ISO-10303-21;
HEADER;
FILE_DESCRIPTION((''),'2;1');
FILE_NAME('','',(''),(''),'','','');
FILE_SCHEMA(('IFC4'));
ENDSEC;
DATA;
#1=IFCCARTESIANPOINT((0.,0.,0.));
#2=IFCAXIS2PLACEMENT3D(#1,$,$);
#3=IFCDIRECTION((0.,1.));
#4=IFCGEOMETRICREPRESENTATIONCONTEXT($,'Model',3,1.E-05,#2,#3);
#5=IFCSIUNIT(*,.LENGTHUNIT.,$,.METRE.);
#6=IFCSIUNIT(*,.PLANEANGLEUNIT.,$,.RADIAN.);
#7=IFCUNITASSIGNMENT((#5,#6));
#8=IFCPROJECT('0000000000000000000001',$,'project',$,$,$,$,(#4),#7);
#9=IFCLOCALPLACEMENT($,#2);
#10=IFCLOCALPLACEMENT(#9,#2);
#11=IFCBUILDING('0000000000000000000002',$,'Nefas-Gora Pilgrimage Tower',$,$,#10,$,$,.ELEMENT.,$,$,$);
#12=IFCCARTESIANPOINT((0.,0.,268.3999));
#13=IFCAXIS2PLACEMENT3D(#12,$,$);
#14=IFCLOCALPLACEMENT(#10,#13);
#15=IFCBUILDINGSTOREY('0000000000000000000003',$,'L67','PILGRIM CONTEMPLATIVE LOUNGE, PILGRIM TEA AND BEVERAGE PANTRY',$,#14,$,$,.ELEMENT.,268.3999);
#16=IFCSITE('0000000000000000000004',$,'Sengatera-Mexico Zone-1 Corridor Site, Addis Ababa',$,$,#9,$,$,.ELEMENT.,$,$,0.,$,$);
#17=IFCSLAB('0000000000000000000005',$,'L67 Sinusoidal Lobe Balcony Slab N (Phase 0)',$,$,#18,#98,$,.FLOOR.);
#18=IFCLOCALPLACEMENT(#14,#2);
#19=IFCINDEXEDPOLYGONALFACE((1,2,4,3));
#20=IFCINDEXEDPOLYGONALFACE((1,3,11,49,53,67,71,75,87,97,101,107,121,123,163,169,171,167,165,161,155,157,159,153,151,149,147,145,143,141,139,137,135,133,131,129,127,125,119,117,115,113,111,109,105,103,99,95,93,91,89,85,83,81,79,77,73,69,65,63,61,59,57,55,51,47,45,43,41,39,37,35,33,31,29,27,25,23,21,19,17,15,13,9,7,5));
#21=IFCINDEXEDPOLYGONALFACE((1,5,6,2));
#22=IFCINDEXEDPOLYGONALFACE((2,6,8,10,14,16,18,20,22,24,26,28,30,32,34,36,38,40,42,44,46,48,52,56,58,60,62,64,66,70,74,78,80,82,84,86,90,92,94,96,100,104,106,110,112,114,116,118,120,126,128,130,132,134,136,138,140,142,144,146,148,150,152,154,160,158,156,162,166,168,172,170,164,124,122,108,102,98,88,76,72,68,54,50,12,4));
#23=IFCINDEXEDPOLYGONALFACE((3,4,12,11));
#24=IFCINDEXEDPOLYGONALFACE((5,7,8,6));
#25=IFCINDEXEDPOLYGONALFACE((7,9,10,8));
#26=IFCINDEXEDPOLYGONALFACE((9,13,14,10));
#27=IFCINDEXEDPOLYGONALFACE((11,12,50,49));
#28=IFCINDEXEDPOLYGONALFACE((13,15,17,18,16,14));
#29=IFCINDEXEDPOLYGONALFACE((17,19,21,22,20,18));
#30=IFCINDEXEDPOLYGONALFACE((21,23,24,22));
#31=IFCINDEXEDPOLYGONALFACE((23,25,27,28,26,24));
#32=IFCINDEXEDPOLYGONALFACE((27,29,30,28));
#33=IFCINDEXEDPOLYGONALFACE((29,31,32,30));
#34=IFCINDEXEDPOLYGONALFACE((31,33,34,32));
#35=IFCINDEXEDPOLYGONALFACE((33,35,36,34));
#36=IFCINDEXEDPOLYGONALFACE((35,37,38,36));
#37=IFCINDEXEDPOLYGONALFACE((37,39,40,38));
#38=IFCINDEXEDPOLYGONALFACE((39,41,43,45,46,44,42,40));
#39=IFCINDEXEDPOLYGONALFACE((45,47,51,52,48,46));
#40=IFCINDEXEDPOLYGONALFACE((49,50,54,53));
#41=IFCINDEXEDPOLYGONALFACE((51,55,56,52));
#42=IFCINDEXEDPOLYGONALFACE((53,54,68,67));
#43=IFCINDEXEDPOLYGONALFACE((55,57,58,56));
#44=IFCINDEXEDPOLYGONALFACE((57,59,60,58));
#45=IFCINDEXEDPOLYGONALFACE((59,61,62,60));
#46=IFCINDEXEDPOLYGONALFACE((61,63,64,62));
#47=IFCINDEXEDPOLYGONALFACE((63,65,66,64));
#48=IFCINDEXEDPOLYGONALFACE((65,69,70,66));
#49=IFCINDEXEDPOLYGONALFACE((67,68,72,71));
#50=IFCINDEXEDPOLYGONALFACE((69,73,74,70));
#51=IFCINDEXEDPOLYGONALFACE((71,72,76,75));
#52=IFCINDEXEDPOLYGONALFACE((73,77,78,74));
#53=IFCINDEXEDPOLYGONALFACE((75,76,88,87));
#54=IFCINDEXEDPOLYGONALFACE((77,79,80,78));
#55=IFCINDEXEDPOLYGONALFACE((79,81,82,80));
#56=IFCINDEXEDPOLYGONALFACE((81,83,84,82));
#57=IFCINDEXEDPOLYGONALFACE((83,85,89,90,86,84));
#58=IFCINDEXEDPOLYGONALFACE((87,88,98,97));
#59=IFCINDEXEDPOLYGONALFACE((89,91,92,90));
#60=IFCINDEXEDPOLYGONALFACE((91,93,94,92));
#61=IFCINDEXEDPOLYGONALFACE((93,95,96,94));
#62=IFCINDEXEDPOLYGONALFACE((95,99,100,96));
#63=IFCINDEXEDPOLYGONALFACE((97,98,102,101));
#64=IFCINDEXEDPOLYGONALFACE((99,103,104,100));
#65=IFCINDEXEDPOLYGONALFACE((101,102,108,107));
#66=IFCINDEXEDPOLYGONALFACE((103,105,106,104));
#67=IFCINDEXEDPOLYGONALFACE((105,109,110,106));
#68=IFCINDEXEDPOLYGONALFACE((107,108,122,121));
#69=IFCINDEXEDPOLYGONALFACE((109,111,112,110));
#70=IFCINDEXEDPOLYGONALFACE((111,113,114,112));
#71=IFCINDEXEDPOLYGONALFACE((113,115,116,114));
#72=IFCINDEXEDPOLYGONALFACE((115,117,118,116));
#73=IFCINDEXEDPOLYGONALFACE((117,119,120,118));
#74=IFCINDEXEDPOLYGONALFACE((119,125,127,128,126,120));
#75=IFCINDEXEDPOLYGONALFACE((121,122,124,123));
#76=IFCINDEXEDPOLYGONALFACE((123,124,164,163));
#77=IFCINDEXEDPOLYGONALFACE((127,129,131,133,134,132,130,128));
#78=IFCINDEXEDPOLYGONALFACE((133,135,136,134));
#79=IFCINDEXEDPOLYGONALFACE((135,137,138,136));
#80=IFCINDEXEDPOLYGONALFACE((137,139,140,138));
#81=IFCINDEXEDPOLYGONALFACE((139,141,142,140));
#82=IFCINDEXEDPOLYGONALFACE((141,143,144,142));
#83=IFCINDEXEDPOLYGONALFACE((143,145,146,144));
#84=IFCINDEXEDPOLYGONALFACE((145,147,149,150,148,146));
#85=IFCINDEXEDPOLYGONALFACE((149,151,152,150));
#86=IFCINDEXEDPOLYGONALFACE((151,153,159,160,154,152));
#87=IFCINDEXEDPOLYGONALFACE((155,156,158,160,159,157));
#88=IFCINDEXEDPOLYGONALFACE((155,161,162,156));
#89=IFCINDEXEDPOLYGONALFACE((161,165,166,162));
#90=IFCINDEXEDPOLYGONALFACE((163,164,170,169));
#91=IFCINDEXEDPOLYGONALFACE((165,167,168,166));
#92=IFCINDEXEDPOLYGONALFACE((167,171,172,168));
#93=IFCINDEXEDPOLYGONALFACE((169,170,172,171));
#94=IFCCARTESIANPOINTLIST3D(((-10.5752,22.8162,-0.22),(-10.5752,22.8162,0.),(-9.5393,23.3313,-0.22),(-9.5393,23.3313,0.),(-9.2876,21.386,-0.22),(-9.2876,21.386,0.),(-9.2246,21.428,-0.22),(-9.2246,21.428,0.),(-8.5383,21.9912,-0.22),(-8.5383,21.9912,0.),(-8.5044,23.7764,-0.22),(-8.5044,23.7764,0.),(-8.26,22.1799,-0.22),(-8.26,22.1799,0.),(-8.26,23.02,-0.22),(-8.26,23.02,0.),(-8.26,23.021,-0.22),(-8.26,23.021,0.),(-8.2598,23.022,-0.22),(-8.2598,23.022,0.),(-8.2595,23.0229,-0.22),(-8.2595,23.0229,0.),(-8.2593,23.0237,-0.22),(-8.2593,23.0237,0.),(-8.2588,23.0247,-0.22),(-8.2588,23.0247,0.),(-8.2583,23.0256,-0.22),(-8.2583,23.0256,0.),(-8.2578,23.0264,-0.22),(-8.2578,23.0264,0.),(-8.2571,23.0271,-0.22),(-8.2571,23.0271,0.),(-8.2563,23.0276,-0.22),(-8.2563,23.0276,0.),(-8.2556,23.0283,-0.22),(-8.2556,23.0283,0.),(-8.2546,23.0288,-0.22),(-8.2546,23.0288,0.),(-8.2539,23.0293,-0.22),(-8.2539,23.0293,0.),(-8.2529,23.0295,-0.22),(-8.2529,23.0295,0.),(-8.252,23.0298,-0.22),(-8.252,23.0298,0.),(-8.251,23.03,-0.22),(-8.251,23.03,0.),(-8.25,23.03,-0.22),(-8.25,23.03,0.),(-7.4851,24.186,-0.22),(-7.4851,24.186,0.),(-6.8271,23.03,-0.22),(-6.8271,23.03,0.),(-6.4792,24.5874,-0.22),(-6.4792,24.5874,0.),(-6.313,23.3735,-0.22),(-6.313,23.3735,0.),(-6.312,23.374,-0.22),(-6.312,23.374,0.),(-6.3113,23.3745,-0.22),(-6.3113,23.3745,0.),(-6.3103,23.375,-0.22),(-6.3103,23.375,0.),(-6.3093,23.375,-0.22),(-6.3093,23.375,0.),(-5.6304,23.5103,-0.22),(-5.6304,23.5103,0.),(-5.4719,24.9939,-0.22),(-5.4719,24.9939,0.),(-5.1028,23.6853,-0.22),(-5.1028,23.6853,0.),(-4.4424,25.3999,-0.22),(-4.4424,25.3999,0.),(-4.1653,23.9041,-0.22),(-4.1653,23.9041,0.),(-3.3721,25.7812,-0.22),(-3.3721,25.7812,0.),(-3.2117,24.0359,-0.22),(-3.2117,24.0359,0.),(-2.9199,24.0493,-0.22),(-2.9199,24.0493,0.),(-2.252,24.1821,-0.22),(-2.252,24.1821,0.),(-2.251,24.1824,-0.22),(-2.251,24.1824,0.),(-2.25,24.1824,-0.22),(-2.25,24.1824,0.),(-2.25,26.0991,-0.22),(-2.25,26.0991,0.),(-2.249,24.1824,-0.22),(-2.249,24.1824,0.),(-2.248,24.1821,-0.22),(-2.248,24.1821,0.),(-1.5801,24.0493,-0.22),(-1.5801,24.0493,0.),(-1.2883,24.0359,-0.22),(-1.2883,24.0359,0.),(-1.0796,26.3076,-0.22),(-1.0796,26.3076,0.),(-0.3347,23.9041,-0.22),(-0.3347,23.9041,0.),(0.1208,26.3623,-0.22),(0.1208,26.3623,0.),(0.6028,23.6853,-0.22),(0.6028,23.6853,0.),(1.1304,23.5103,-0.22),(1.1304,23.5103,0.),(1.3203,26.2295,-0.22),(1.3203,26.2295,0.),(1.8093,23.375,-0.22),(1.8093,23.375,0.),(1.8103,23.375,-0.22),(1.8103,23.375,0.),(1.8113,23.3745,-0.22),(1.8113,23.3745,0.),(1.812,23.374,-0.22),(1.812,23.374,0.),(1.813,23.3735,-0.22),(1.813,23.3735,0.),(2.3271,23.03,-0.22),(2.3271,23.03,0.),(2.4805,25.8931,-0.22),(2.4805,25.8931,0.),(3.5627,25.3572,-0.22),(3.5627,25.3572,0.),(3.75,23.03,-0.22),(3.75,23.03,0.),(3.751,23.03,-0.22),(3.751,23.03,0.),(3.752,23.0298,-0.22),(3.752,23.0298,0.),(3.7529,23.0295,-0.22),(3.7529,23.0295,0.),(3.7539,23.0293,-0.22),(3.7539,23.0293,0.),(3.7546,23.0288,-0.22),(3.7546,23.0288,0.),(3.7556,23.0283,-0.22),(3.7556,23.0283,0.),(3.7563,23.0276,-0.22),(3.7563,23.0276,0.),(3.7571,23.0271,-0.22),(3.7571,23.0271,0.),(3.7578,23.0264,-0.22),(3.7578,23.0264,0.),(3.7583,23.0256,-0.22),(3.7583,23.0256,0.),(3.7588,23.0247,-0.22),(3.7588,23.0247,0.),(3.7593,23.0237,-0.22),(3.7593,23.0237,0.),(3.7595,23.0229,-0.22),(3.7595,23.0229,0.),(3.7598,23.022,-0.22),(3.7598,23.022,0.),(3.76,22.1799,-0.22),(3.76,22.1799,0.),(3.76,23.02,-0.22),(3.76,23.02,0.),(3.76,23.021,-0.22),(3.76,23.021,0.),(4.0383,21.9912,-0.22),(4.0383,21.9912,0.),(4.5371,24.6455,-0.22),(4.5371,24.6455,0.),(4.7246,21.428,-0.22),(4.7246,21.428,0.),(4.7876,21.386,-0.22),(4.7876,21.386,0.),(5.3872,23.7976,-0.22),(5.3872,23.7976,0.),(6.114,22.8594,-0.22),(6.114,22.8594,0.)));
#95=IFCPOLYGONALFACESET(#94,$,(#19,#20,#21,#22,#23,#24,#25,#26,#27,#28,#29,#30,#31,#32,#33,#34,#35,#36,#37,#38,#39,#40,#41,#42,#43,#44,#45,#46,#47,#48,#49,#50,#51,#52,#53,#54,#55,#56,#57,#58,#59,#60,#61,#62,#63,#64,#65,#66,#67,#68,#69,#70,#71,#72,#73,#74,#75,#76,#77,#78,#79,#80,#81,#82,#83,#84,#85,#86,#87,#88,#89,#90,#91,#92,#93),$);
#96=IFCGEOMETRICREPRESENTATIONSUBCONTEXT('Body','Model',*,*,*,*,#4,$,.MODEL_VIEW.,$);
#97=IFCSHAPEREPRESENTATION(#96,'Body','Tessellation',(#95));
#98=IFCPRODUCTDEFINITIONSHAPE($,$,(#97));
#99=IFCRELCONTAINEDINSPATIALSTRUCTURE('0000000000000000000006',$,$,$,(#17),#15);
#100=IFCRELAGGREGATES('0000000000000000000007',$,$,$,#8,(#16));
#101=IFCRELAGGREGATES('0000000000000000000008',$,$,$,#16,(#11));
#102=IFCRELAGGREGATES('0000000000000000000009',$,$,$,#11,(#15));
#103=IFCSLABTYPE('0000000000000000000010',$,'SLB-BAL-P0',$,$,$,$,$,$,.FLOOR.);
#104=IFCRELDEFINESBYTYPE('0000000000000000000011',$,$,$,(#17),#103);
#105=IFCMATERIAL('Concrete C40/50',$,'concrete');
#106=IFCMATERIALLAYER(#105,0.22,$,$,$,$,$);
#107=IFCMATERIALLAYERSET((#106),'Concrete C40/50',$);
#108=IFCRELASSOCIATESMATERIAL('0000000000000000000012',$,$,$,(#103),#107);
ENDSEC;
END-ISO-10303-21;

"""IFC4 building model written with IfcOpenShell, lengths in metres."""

from ifc_helpers import new_model, si_unit, direction, frame, origin, place, context, subcontext, project, spatial, polyline, outline, extrude, material, layer, layer_set, type_object, element, save


model = new_model("IFC4")

# Units and contexts
model_context = context("Model", 3, precision=1e-05, world=origin(), true_north=direction((0.0, 1.0)))
body_context = subcontext(model_context, "Body", "Model", "MODEL_VIEW")
ifc_project = project(units=[si_unit("LENGTHUNIT", "METRE"), si_unit("PLANEANGLEUNIT", "RADIAN")], contexts=[model_context])

# Site, building, storey
site_placement = place(None, origin())
site = spatial("IfcSite", under=ifc_project, at=site_placement, Name="Sengatera-Mexico Zone-1 Corridor Site, Addis Ababa", CompositionType="ELEMENT", RefElevation=0.0)
building_placement = place(site_placement, origin())
building = spatial("IfcBuilding", under=site, at=building_placement, Name="Nefas-Gora Pilgrimage Tower", CompositionType="ELEMENT")
storey_placement = place(building_placement, frame((0.0, 0.0, 268.3999)))
storey = spatial("IfcBuildingStorey", under=building, at=storey_placement, Name="L67", Description="PILGRIM CONTEMPLATIVE LOUNGE, PILGRIM TEA AND BEVERAGE PANTRY", CompositionType="ELEMENT", Elevation=268.3999)

# Slab
ifc_material_1 = material(Name="Concrete C40/50", Category="concrete")
ifc_layer_1 = layer(ifc_material_1, 0.22)
ifc_layer_set_1 = layer_set([ifc_layer_1], Name="Concrete C40/50")
slab_type_1 = type_object("IfcSlabType", Name="SLB-BAL-P0", PredefinedType="FLOOR", material=ifc_layer_set_1)
slab_1_placement = place(storey_placement, frame((0.0, 0.0, -0.22)))
element("IfcSlab", 1, at=slab_1_placement, inside=storey, type_object=slab_type_1, Name="L67 Sinusoidal Lobe Balcony Slab N (Phase 0)", PredefinedType="FLOOR", context=body_context, shape_type="SweptSolid", body=[
    extrude(outline(polyline([(-9.2876, 21.386), (-9.2246, 21.428), (-8.5383, 21.9912), (-8.26, 22.1799), (-8.26, 23.02), (-8.26, 23.021), (-8.2598, 23.022), (-8.2595, 23.0229), (-8.2593, 23.0237), (-8.2588, 23.0247), (-8.2583, 23.0256), (-8.2578, 23.0264), (-8.2571, 23.0271), (-8.2563, 23.0276), (-8.2556, 23.0283), (-8.2546, 23.0288), (-8.2539, 23.0293), (-8.2529, 23.0295), (-8.252, 23.0298), (-8.251, 23.03), (-8.25, 23.03), (-6.8271, 23.03), (-6.313, 23.3735), (-6.312, 23.374), (-6.3113, 23.3745), (-6.3103, 23.375), (-6.3093, 23.375), (-5.6304, 23.5103), (-5.1028, 23.6853), (-4.1653, 23.9041), (-3.2117, 24.0359), (-2.9199, 24.0493), (-2.252, 24.1821), (-2.251, 24.1824), (-2.25, 24.1824), (-2.249, 24.1824), (-2.248, 24.1821), (-1.5801, 24.0493), (-1.2883, 24.0359), (-0.3347, 23.9041), (0.6028, 23.6853), (1.1304, 23.5103), (1.8093, 23.375), (1.8103, 23.375), (1.8113, 23.3745), (1.812, 23.374), (1.813, 23.3735), (2.3271, 23.03), (3.75, 23.03), (3.751, 23.03), (3.752, 23.0298), (3.7529, 23.0295), (3.7539, 23.0293), (3.7546, 23.0288), (3.7556, 23.0283), (3.7563, 23.0276), (3.7571, 23.0271), (3.7578, 23.0264), (3.7583, 23.0256), (3.7588, 23.0247), (3.7593, 23.0237), (3.7595, 23.0229), (3.7598, 23.022), (3.76, 23.021), (3.76, 23.02), (3.76, 22.1799), (4.0383, 21.9912), (4.7246, 21.428), (4.7876, 21.386), (6.114, 22.8594), (5.3872, 23.7976), (4.5371, 24.6455), (3.5627, 25.3572), (2.4805, 25.8931), (1.3203, 26.2295), (0.1208, 26.3623), (-1.0796, 26.3076), (-2.25, 26.0991), (-3.3721, 25.7812), (-4.4424, 25.3999), (-5.4719, 24.9939), (-6.4792, 24.5874), (-7.4851, 24.186), (-8.5044, 23.7764), (-9.5393, 23.3313), (-10.5752, 22.8162), (-9.2876, 21.386)])), origin(), (0.0, 0.0, 1.0), 0.22),
])

save(model, "model.ifc")
